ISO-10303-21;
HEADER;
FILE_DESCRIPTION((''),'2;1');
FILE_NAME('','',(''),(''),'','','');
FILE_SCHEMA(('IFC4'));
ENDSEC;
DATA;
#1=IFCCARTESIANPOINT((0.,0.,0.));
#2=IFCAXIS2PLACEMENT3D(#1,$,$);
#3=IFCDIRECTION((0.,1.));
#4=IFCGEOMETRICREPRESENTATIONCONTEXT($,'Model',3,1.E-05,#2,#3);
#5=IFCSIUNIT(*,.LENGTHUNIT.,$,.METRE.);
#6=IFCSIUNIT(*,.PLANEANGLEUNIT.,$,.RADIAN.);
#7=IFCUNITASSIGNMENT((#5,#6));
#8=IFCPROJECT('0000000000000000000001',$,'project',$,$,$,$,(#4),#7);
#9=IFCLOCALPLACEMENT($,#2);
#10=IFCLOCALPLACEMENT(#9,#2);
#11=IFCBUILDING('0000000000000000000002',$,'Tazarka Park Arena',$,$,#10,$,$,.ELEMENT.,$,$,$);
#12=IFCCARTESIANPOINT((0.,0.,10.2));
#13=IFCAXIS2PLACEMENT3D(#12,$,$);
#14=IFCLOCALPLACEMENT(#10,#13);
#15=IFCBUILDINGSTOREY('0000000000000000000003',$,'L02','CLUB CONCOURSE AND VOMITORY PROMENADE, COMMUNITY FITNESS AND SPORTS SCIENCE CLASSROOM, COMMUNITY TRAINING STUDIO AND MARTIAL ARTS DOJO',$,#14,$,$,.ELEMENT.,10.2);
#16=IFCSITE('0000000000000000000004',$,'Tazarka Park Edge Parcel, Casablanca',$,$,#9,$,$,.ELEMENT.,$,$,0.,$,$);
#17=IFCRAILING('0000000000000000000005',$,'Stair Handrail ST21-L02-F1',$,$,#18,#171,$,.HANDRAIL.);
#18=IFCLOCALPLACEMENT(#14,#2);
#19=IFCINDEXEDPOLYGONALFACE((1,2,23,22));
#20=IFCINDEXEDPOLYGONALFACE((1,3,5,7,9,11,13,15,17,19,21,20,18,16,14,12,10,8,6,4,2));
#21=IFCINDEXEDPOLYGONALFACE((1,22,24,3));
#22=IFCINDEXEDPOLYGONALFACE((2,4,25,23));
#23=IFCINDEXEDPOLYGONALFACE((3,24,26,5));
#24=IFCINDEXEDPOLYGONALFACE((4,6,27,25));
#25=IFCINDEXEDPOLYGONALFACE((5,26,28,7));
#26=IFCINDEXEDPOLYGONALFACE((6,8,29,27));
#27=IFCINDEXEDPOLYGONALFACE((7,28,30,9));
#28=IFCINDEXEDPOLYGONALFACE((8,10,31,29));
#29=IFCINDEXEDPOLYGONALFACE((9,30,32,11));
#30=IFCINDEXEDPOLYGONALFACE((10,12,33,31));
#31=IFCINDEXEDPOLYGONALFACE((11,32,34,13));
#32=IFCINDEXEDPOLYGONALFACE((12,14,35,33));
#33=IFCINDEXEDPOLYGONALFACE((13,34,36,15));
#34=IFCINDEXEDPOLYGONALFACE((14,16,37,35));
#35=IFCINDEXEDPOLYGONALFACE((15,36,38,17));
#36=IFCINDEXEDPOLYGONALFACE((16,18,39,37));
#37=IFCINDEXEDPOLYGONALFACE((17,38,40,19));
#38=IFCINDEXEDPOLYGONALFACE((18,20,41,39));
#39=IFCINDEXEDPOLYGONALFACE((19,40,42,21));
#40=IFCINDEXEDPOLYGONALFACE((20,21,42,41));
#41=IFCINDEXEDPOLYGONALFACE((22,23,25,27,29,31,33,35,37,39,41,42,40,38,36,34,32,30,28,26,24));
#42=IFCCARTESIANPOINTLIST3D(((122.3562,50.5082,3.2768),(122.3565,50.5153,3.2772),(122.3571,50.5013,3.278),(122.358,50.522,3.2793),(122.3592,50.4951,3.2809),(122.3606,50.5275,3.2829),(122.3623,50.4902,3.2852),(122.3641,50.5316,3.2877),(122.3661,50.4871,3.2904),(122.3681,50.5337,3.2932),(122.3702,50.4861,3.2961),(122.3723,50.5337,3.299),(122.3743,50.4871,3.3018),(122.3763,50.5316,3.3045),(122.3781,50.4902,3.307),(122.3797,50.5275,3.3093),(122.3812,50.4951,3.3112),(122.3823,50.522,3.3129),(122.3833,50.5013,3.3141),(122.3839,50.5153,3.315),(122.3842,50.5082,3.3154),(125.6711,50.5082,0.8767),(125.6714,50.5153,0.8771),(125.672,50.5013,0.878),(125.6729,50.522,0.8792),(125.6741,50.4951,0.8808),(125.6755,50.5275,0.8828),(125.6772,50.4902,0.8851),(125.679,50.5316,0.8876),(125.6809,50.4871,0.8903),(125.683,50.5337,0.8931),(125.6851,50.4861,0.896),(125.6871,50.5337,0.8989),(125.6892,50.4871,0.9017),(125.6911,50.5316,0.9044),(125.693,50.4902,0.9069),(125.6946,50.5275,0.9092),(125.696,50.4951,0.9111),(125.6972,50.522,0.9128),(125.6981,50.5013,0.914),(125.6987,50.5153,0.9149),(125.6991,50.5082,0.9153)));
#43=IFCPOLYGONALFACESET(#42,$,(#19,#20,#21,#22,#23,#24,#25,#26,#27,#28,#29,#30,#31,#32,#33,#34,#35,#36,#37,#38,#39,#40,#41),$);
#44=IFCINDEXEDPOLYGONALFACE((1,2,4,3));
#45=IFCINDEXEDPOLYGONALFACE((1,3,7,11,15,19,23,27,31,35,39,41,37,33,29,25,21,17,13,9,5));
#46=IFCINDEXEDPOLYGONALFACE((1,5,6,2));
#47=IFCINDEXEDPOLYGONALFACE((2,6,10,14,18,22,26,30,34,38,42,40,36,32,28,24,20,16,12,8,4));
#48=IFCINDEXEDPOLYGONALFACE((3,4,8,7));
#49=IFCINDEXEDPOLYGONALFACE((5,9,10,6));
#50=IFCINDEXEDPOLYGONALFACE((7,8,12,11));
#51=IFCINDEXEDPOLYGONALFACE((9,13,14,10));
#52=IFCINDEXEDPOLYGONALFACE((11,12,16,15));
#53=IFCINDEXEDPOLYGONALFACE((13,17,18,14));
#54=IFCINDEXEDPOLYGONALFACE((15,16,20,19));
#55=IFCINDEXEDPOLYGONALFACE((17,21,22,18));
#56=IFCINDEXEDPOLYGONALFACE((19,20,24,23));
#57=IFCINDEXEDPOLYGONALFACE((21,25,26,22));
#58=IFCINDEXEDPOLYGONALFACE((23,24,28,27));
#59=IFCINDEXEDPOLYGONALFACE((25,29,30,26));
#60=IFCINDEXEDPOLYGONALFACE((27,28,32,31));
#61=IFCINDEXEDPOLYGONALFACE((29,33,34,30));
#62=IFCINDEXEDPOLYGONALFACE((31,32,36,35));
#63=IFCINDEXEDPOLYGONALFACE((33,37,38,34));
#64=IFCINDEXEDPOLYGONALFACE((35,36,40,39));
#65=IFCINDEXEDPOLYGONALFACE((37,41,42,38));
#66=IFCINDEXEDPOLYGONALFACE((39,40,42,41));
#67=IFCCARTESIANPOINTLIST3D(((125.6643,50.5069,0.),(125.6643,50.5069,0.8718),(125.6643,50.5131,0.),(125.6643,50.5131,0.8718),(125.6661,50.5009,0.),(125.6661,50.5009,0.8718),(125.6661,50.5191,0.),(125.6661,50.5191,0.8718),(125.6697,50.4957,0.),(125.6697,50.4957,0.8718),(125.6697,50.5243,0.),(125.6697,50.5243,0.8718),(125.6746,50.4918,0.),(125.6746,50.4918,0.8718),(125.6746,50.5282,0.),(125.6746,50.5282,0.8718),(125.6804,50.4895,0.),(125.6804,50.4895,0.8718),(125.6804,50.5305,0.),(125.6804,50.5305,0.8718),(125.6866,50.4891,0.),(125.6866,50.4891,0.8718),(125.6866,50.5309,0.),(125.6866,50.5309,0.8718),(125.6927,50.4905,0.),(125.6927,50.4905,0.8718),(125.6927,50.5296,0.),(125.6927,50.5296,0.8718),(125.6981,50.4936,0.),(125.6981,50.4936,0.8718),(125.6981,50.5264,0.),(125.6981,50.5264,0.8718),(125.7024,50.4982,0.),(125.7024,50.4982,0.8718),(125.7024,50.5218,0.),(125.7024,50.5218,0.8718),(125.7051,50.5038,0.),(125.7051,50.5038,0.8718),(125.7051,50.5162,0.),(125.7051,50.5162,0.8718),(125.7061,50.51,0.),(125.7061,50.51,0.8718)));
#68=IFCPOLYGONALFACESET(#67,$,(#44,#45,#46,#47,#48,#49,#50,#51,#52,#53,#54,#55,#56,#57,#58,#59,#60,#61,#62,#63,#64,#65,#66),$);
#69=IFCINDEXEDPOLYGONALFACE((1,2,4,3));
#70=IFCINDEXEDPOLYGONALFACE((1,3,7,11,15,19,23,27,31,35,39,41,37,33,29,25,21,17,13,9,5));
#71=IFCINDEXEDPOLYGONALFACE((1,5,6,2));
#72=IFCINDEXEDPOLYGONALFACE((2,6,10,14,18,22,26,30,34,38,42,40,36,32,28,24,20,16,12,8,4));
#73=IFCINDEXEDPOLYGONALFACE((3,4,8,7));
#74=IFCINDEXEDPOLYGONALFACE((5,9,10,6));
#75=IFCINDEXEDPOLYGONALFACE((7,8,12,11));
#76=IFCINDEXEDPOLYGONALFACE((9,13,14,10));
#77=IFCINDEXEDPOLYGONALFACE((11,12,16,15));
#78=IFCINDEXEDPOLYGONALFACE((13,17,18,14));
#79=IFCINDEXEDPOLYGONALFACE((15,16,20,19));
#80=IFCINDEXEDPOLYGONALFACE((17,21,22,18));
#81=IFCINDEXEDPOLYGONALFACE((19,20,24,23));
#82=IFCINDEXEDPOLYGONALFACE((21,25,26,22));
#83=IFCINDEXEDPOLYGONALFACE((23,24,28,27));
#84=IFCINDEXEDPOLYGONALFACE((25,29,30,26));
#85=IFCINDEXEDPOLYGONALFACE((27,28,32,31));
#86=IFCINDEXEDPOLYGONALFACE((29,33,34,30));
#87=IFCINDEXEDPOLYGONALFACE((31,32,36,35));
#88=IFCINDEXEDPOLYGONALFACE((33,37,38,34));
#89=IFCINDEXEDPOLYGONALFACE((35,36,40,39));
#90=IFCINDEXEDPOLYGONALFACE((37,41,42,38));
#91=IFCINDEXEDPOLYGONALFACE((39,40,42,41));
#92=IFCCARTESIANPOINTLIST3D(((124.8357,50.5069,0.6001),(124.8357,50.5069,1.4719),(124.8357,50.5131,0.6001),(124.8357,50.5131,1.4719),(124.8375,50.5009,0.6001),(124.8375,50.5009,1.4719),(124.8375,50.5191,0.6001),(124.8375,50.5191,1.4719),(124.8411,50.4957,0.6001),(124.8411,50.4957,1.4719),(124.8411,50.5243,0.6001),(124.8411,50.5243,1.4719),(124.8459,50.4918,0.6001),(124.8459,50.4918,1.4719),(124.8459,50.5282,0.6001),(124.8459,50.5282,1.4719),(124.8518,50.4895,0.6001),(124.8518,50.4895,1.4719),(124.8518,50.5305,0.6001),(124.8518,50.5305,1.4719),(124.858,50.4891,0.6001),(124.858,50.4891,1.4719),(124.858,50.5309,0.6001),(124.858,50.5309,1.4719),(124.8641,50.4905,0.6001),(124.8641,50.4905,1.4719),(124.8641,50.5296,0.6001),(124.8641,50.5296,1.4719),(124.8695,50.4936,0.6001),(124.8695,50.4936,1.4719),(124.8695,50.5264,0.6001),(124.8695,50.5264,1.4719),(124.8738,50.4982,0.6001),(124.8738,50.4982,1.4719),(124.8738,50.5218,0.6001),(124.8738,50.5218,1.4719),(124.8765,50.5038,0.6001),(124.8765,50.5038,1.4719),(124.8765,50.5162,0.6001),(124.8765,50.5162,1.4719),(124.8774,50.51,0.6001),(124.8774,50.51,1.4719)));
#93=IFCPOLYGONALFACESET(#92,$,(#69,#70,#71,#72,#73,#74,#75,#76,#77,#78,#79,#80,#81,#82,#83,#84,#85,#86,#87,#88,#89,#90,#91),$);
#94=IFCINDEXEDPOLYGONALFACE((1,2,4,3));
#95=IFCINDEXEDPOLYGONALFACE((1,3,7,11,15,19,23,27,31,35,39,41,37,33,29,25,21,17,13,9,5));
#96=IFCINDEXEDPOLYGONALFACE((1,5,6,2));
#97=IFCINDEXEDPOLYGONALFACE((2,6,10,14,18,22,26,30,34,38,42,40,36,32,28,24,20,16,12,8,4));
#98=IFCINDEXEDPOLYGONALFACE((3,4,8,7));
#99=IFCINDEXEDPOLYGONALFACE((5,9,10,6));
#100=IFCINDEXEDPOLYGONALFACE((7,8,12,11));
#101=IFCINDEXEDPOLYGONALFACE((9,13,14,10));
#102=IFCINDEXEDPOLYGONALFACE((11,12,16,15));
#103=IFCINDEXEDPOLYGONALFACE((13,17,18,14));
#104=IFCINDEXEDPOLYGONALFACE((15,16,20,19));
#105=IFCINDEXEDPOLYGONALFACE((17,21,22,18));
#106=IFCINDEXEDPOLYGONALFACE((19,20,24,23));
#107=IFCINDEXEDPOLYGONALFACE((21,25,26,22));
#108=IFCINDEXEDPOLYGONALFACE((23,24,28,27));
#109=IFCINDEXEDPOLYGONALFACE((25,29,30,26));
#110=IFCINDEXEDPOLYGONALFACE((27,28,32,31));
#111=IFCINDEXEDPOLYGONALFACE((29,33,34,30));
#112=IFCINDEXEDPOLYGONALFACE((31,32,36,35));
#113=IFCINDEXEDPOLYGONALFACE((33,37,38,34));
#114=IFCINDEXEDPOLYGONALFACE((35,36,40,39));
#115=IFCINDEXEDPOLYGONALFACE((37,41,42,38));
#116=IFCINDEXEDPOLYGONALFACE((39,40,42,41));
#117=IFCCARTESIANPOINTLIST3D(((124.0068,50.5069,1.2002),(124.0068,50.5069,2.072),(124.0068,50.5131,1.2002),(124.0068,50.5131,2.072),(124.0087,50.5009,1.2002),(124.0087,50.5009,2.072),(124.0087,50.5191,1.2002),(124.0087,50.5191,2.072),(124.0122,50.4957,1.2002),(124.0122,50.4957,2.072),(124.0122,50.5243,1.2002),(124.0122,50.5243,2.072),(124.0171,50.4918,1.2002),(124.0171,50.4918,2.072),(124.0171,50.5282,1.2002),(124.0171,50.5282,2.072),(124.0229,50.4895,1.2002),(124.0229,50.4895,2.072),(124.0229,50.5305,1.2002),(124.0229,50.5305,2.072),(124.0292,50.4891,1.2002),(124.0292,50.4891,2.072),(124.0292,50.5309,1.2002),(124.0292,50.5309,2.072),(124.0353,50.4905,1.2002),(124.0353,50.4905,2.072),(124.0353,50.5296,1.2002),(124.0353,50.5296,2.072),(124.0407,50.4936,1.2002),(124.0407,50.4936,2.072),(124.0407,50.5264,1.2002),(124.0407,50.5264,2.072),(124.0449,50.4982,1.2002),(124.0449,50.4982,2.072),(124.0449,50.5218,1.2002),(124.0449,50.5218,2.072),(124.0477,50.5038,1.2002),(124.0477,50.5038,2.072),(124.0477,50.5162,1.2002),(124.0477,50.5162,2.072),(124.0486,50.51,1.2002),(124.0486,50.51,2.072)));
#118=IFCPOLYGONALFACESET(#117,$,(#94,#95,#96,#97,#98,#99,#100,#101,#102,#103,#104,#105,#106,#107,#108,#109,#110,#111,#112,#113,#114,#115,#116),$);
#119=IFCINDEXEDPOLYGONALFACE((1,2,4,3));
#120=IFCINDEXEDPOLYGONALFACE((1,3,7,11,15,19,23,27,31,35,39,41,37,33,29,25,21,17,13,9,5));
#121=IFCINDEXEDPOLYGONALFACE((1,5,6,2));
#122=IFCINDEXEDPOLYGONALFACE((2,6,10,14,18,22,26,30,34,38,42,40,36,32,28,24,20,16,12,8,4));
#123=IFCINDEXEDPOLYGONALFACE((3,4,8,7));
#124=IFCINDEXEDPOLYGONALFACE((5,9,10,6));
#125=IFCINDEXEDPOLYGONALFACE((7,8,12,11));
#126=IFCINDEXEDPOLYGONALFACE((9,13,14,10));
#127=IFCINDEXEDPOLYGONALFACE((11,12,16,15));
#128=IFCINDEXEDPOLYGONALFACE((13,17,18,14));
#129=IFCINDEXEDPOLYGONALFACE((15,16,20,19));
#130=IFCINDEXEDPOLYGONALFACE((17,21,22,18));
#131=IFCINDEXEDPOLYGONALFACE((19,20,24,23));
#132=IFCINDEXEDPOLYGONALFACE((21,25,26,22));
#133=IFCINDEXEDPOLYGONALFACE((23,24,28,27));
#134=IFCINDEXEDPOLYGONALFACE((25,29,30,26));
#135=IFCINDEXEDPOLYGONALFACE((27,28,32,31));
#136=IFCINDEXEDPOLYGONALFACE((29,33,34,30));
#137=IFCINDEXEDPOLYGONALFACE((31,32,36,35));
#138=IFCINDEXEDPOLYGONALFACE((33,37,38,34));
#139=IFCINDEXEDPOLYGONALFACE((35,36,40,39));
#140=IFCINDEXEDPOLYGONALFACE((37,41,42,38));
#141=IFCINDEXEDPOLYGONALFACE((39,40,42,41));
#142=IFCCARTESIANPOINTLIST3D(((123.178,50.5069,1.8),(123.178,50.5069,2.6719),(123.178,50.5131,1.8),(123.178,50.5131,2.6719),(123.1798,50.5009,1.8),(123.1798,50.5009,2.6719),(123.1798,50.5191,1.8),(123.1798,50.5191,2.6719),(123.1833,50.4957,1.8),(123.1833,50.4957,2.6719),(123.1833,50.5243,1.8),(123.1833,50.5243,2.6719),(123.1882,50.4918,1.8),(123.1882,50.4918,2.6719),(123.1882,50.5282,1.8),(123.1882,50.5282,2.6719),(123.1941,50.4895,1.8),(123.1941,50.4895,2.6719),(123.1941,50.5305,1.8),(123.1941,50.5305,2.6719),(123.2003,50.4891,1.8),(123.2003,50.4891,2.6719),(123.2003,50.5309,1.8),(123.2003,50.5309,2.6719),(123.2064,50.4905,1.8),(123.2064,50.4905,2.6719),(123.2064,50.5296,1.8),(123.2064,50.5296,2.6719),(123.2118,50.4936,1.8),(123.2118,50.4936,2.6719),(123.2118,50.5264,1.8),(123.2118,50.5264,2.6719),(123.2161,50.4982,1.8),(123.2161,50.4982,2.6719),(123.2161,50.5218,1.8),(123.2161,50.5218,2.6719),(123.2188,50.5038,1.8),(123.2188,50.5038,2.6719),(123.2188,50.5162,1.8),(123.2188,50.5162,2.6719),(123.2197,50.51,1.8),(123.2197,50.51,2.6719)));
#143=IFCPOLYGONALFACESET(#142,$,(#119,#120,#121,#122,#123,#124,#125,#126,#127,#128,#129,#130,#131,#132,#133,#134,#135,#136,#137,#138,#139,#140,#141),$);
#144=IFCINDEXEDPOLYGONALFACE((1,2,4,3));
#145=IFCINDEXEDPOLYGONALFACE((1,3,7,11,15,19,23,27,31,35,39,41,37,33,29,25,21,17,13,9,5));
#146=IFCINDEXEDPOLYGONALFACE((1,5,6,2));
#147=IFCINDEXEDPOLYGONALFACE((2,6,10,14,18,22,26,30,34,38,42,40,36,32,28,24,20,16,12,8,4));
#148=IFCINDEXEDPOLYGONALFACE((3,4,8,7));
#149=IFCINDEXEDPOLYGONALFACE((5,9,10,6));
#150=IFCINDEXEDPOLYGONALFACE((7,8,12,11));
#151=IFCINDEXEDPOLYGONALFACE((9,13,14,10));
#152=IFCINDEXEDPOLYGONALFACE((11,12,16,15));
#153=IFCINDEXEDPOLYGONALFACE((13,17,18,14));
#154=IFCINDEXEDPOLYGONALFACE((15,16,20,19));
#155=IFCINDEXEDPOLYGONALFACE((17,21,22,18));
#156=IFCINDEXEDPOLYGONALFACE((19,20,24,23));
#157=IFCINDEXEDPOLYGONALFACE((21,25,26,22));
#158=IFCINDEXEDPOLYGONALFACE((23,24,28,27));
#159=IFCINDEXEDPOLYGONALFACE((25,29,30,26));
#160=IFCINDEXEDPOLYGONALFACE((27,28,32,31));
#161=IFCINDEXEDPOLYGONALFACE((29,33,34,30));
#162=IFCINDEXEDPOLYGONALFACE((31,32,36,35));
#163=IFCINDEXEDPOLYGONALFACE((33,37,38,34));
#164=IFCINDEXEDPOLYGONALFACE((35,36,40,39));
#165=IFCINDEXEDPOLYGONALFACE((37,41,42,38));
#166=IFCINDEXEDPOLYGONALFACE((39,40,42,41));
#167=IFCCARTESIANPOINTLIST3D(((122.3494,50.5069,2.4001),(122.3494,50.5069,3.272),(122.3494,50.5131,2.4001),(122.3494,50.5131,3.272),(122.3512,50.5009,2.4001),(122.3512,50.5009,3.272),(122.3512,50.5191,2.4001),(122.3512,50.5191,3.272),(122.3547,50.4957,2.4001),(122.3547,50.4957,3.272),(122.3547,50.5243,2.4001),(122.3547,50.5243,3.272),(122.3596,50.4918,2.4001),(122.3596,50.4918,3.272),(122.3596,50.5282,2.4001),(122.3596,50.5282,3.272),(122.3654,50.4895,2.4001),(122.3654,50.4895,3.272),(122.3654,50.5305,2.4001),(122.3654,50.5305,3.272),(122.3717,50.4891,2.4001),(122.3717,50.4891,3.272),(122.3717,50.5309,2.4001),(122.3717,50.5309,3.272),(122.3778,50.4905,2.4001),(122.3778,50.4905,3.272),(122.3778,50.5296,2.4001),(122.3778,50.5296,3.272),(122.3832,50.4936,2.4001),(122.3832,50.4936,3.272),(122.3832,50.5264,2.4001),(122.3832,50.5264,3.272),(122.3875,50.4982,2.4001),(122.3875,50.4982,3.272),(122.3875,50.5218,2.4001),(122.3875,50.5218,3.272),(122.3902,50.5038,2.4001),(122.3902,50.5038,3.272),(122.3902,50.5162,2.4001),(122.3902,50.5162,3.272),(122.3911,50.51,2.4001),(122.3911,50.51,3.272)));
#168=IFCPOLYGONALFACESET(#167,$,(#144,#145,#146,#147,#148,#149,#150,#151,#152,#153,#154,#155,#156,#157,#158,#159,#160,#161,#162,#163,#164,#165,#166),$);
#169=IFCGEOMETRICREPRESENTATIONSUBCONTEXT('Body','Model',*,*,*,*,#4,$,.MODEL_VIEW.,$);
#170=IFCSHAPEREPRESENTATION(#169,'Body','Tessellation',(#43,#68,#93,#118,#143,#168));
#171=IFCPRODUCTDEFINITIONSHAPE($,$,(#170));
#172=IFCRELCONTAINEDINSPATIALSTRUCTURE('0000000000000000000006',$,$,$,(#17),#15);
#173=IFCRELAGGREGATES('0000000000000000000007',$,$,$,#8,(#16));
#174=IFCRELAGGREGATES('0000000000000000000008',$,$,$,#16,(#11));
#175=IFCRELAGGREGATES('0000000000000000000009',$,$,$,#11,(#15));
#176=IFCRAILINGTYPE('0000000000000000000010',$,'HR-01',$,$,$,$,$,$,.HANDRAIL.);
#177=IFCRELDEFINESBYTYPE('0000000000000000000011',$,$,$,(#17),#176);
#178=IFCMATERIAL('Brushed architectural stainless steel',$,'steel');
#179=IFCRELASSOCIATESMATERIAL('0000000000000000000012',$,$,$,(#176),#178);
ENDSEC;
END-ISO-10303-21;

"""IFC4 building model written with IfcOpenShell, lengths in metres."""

from ifc_helpers import new_model, si_unit, direction, frame, origin, origin_2d, place, context, subcontext, project, spatial, circle, extrude, material, type_object, element, save


model = new_model("IFC4")

# Units and contexts
model_context = context("Model", 3, precision=1e-05, world=origin(), true_north=direction((0.0, 1.0)))
body_context = subcontext(model_context, "Body", "Model", "MODEL_VIEW")
ifc_project = project(units=[si_unit("LENGTHUNIT", "METRE"), si_unit("PLANEANGLEUNIT", "RADIAN")], contexts=[model_context])

# Site, building, storey
site_placement = place(None, origin())
site = spatial("IfcSite", under=ifc_project, at=site_placement, Name="Tazarka Park Edge Parcel, Casablanca", CompositionType="ELEMENT", RefElevation=0.0)
building_placement = place(site_placement, origin())
building = spatial("IfcBuilding", under=site, at=building_placement, Name="Tazarka Park Arena", CompositionType="ELEMENT")
storey_placement = place(building_placement, frame((0.0, 0.0, 10.2)))
storey = spatial("IfcBuildingStorey", under=building, at=storey_placement, Name="L02", Description="CLUB CONCOURSE AND VOMITORY PROMENADE, COMMUNITY FITNESS AND SPORTS SCIENCE CLASSROOM, COMMUNITY TRAINING STUDIO AND MARTIAL ARTS DOJO", CompositionType="ELEMENT", Elevation=10.2)

# Railing
ifc_material_1 = material(Name="Brushed architectural stainless steel", Category="steel")
railing_type_1 = type_object("IfcRailingType", Name="HR-01", PredefinedType="HANDRAIL", material=ifc_material_1)
for number, where, name in (
    (1, (125.6851, 50.51, 0.0), "Stair Handrail ST21-L02-F1"),
):
    element("IfcRailing", number, at=place(storey_placement, frame(where)), inside=storey, type_object=railing_type_1, Name=name, PredefinedType="HANDRAIL", context=body_context, shape_type="SweptSolid", body=[
        extrude(circle(Radius=0.0239, at=origin_2d()), frame((0.0, 0.0, 0.896), z_axis=(-0.80998, 0.0, 0.586457), x_axis=(0.0, -1.0, 0.0)), (0.0, 0.0, 1.0), 4.0925),
        extrude(circle(Radius=0.021, at=origin_2d()), origin(), (0.0, 0.0, 1.0), 0.8718),
        extrude(circle(Radius=0.021, at=origin_2d()), frame((-0.8286, 0.0, 0.6001)), (0.0, 0.0, 1.0), 0.8718),
        extrude(circle(Radius=0.021, at=origin_2d()), frame((-1.6575, 0.0, 1.2002)), (0.0, 0.0, 1.0), 0.8718),
        extrude(circle(Radius=0.021, at=origin_2d()), frame((-2.4863, 0.0, 1.8)), (0.0, 0.0, 1.0), 0.8718),
        extrude(circle(Radius=0.021, at=origin_2d()), frame((-3.3149, 0.0, 2.4001)), (0.0, 0.0, 1.0), 0.8718),
    ])

save(model, "model.ifc")
